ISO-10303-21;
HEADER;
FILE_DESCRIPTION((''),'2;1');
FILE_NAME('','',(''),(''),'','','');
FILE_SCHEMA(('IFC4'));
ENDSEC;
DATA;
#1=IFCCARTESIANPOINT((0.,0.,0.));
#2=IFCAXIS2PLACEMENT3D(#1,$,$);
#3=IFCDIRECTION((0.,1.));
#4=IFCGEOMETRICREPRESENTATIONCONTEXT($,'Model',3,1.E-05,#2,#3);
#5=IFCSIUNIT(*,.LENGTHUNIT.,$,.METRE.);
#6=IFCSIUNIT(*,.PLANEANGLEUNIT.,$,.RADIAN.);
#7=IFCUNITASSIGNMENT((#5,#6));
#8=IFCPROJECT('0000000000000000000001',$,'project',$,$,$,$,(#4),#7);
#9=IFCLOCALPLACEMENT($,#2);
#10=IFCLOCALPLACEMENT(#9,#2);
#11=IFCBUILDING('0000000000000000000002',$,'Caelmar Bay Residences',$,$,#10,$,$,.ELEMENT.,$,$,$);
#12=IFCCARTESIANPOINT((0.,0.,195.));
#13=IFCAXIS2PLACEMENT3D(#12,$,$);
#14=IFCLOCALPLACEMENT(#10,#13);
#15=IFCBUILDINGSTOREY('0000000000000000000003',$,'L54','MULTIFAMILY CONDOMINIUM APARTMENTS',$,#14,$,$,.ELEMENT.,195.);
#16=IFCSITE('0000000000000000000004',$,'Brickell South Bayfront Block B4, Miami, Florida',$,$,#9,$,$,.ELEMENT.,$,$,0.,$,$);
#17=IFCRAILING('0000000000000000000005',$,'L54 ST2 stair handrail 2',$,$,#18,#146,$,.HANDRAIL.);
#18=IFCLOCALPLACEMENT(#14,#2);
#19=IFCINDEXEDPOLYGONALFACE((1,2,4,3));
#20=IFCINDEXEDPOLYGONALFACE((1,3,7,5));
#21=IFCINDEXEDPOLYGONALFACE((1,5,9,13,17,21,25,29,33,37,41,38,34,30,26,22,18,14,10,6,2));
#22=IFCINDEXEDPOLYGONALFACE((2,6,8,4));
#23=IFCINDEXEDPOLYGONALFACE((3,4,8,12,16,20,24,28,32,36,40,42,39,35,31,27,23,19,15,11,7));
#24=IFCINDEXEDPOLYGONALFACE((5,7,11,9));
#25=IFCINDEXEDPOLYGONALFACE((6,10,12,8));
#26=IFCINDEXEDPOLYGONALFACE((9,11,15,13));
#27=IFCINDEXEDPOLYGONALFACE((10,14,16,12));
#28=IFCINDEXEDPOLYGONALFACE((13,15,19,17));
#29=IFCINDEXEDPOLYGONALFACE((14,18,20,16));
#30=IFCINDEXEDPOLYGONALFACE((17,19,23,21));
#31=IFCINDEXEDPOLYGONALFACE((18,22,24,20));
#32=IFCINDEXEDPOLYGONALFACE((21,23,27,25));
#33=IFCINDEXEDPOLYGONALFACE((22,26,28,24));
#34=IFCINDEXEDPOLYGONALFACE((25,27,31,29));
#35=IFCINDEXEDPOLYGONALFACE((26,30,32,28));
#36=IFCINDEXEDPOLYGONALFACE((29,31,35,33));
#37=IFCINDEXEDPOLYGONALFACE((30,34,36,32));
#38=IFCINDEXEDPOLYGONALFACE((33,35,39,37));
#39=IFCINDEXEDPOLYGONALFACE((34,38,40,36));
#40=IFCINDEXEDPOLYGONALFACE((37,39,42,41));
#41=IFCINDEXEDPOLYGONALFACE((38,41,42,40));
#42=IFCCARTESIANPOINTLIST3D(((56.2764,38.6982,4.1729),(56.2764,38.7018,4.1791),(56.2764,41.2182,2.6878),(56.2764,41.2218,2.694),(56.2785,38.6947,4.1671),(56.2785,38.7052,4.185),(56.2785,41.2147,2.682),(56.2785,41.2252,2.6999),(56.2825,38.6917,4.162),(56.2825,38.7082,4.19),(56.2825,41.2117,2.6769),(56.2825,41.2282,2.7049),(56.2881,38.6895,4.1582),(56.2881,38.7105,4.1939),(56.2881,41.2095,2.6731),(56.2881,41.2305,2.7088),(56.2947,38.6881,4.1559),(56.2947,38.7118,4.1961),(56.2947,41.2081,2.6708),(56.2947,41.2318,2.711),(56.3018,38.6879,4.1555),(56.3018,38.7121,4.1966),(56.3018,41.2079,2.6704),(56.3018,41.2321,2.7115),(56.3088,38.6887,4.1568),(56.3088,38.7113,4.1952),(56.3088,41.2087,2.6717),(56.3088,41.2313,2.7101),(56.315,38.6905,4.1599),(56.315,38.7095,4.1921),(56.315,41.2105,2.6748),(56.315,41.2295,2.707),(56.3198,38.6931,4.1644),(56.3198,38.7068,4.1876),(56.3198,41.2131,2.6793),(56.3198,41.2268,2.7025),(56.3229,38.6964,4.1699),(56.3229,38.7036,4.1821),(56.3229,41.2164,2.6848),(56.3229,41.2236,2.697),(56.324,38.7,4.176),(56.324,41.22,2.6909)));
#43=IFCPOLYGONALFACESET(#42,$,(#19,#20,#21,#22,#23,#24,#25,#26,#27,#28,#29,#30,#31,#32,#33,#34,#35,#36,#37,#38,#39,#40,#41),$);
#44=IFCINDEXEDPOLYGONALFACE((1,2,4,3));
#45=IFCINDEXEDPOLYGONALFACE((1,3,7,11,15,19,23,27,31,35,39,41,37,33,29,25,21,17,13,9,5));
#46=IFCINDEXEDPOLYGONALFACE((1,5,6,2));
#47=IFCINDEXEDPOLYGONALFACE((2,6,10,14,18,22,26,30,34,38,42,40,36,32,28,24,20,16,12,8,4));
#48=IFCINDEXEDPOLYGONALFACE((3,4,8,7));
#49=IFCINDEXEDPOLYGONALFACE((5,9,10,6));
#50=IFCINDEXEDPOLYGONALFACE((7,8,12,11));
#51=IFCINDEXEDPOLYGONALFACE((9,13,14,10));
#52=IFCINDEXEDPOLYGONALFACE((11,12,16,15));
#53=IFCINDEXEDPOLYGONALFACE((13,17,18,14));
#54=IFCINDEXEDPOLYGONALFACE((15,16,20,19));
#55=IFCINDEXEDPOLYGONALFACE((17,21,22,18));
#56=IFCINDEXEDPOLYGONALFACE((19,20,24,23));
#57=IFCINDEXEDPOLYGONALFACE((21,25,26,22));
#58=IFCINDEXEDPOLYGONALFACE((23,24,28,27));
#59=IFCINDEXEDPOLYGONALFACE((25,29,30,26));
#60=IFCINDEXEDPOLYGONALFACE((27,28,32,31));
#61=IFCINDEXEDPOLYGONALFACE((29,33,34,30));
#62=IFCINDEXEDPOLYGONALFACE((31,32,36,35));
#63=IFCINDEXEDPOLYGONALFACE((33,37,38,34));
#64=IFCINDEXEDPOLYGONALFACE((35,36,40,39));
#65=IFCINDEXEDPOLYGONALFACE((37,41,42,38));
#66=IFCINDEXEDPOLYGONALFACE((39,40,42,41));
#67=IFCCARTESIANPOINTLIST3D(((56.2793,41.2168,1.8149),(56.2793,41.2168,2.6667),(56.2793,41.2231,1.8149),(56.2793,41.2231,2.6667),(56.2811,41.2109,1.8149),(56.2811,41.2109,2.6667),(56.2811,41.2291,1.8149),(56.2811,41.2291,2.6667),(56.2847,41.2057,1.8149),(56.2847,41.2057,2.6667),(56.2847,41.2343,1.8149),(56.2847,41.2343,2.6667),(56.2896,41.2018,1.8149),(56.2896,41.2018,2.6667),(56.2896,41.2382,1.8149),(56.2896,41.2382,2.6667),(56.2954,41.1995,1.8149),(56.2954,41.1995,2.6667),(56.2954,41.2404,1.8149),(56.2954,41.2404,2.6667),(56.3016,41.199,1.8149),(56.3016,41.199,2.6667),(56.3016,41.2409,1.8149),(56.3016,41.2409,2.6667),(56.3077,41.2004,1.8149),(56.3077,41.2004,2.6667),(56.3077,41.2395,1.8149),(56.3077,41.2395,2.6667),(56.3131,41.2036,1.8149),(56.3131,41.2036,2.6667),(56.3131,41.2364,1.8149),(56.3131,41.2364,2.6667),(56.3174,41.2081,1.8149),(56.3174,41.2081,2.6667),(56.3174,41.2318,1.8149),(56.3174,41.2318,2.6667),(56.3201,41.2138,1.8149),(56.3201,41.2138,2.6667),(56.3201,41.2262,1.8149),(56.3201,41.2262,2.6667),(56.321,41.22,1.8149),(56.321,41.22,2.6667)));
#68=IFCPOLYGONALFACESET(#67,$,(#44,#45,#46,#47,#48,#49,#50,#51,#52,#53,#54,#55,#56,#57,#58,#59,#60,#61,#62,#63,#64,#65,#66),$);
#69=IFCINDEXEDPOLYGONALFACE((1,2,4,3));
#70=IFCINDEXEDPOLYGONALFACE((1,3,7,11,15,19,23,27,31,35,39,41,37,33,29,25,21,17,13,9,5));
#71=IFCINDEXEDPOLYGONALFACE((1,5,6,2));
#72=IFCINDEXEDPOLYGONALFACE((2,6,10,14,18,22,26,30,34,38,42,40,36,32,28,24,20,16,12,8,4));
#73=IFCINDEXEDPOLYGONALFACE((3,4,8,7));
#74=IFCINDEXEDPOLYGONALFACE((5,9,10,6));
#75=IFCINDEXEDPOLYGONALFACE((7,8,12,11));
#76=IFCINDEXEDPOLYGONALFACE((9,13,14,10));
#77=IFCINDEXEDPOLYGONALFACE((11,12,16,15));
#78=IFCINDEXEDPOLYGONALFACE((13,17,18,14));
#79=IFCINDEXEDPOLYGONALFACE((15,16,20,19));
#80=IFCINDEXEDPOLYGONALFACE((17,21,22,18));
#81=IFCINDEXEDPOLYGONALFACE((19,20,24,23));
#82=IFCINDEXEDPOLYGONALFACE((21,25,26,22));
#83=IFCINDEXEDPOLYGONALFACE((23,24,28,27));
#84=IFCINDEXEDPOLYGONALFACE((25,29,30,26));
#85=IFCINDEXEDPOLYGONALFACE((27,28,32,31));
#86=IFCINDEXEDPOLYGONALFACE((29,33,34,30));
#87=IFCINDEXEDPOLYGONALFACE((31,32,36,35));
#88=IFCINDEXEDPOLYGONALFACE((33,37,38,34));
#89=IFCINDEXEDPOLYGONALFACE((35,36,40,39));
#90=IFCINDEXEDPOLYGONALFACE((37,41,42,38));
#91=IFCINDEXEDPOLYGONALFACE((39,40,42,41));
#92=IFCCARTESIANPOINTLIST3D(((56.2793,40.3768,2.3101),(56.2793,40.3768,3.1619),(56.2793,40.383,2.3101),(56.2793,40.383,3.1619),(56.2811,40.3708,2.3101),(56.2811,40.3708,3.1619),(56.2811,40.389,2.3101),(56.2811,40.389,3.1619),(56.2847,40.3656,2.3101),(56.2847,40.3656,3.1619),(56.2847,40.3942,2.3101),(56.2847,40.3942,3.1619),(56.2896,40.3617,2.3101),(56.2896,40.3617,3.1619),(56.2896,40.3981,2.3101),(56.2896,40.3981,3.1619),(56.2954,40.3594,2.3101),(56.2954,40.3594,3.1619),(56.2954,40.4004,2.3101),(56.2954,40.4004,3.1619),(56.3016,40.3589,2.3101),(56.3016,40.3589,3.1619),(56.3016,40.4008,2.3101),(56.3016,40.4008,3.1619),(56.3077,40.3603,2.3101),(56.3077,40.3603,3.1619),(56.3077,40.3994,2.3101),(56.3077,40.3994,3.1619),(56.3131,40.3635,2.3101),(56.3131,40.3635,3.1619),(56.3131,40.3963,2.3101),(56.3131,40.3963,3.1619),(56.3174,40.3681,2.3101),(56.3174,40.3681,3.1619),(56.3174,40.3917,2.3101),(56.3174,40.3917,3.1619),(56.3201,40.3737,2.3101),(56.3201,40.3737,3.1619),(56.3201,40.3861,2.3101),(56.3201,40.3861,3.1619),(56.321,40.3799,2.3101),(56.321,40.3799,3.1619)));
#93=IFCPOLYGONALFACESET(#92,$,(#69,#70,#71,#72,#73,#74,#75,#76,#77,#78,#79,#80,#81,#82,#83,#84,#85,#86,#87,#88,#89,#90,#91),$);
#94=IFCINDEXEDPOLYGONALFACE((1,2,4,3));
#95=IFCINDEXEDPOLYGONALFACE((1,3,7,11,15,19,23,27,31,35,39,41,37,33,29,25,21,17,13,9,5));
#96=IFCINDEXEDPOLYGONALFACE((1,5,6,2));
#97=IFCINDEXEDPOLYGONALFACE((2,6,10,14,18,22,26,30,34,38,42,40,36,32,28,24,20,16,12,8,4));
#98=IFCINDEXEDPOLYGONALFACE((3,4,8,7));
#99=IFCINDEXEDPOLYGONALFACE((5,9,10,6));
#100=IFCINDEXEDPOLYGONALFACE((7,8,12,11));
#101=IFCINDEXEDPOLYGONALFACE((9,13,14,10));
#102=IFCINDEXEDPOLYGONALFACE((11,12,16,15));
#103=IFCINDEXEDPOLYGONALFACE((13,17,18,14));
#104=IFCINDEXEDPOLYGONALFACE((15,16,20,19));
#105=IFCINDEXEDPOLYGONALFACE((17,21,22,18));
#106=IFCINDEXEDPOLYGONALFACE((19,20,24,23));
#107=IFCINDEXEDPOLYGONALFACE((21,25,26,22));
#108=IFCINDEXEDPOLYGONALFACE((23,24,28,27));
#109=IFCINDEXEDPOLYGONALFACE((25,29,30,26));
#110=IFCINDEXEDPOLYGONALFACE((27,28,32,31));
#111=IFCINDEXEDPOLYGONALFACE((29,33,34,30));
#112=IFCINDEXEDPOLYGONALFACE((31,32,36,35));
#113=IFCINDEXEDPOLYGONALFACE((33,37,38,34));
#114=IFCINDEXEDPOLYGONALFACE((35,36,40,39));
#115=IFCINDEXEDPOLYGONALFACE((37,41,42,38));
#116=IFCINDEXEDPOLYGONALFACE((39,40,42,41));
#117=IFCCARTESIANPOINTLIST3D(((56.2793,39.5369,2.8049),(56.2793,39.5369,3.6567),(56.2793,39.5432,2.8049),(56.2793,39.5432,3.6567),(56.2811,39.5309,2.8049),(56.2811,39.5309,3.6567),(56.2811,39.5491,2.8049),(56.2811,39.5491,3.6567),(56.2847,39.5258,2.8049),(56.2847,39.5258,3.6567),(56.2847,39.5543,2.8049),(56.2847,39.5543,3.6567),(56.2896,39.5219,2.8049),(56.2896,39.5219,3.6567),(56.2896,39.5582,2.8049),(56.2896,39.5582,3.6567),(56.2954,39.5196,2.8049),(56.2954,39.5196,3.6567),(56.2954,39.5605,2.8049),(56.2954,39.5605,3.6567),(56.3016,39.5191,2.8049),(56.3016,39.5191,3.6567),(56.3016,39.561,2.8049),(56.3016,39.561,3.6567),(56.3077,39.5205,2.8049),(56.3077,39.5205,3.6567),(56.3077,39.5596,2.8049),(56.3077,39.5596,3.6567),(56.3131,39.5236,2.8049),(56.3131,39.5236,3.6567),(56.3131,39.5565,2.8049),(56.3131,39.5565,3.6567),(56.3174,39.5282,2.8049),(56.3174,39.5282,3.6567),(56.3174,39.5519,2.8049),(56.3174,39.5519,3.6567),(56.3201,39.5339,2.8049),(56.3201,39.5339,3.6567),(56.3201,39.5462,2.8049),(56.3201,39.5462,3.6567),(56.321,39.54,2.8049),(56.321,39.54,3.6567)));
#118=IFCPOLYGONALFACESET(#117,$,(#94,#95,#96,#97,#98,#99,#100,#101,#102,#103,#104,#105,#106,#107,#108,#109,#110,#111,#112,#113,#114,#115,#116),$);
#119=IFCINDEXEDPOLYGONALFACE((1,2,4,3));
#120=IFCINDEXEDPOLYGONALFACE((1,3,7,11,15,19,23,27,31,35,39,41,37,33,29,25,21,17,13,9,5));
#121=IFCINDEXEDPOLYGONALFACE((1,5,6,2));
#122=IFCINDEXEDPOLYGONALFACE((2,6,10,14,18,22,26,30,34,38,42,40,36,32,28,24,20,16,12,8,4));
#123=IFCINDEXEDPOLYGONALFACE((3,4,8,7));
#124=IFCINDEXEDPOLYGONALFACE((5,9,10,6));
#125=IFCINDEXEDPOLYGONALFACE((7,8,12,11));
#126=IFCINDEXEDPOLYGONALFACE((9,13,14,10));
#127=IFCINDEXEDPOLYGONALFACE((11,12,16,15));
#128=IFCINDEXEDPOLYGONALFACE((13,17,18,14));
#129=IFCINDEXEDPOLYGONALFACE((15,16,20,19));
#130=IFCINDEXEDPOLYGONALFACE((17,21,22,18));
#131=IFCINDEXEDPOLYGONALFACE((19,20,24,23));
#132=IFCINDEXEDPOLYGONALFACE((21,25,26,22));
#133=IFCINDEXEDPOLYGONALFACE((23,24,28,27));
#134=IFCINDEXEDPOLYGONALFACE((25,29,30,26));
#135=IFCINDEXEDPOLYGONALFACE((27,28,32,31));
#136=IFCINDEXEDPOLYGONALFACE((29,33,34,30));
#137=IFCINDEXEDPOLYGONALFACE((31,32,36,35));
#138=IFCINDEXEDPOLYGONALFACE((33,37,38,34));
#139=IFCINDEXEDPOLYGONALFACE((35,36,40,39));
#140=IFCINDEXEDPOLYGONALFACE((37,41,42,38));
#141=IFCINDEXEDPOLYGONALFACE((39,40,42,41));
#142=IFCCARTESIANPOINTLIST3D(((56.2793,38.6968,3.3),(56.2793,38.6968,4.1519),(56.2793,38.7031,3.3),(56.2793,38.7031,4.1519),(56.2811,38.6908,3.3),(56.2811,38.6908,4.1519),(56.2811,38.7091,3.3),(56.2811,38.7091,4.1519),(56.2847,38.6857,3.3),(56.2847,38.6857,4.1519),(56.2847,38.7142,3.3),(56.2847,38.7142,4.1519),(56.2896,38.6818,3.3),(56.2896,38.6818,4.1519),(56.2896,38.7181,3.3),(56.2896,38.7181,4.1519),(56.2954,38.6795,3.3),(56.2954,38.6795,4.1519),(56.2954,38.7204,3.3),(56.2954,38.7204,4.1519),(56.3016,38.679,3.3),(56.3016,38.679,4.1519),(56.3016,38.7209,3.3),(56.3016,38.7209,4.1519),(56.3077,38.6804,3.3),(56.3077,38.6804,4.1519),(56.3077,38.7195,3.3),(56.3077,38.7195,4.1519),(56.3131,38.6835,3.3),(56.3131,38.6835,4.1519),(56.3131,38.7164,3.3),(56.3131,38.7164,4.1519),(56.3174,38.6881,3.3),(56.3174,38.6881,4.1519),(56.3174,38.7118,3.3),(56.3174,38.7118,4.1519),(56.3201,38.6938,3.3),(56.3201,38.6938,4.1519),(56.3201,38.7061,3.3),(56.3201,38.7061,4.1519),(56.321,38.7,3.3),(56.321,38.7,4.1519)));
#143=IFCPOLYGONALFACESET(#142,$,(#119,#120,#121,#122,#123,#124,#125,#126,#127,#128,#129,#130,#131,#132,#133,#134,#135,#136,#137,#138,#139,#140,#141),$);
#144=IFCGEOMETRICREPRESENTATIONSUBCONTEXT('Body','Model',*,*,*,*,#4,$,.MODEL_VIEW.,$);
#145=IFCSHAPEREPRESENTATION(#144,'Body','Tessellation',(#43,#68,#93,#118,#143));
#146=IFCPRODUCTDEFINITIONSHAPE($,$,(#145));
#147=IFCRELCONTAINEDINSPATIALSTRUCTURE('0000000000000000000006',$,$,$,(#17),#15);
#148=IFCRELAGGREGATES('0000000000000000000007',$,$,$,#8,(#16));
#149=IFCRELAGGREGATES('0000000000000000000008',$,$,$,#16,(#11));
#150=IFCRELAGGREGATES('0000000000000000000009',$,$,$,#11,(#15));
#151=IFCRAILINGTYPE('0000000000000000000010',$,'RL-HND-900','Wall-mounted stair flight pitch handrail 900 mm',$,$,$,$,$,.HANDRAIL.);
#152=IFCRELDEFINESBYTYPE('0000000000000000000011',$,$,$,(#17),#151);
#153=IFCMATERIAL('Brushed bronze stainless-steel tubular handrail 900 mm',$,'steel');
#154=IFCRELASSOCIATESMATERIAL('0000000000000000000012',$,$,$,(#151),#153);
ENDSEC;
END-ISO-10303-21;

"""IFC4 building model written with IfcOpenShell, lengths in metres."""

from ifc_helpers import new_model, si_unit, direction, frame, origin, origin_2d, place, context, subcontext, project, spatial, circle, extrude, material, type_object, element, save


model = new_model("IFC4")

# Units and contexts
model_context = context("Model", 3, precision=1e-05, world=origin(), true_north=direction((0.0, 1.0)))
body_context = subcontext(model_context, "Body", "Model", "MODEL_VIEW")
ifc_project = project(units=[si_unit("LENGTHUNIT", "METRE"), si_unit("PLANEANGLEUNIT", "RADIAN")], contexts=[model_context])

# Site, building, storey
site_placement = place(None, origin())
site = spatial("IfcSite", under=ifc_project, at=site_placement, Name="Brickell South Bayfront Block B4, Miami, Florida", CompositionType="ELEMENT", RefElevation=0.0)
building_placement = place(site_placement, origin())
building = spatial("IfcBuilding", under=site, at=building_placement, Name="Caelmar Bay Residences", CompositionType="ELEMENT")
storey_placement = place(building_placement, frame((0.0, 0.0, 195.0)))
storey = spatial("IfcBuildingStorey", under=building, at=storey_placement, Name="L54", Description="MULTIFAMILY CONDOMINIUM APARTMENTS", CompositionType="ELEMENT", Elevation=195.0)

# Railing
ifc_material_1 = material(Name="Brushed bronze stainless-steel tubular handrail 900 mm", Category="steel")
railing_type_1 = type_object("IfcRailingType", Name="RL-HND-900", Description="Wall-mounted stair flight pitch handrail 900 mm", PredefinedType="HANDRAIL", material=ifc_material_1)
railing_1_placement = place(storey_placement, frame((56.3, 41.22, 1.8149)))
element("IfcRailing", 1, at=railing_1_placement, inside=storey, type_object=railing_type_1, Name="L54 ST2 stair handrail 2", PredefinedType="HANDRAIL", context=body_context, shape_type="SweptSolid", body=[
    extrude(circle(Radius=0.0239, at=origin_2d()), frame((0.0, 0.0, 0.876), z_axis=(0.0, -0.861524, 0.507717), x_axis=(1.0, 0.0, 0.0)), (0.0, 0.0, 1.0), 2.925),
    extrude(circle(Radius=0.021, at=origin_2d()), origin(), (0.0, 0.0, 1.0), 0.8518),
    extrude(circle(Radius=0.021, at=origin_2d()), frame((0.0, -0.8401, 0.4951)), (0.0, 0.0, 1.0), 0.8518),
    extrude(circle(Radius=0.021, at=origin_2d()), frame((0.0, -1.6799, 0.99)), (0.0, 0.0, 1.0), 0.8518),
    extrude(circle(Radius=0.021, at=origin_2d()), frame((0.0, -2.52, 1.4851)), (0.0, 0.0, 1.0), 0.8518),
])

save(model, "model.ifc")
